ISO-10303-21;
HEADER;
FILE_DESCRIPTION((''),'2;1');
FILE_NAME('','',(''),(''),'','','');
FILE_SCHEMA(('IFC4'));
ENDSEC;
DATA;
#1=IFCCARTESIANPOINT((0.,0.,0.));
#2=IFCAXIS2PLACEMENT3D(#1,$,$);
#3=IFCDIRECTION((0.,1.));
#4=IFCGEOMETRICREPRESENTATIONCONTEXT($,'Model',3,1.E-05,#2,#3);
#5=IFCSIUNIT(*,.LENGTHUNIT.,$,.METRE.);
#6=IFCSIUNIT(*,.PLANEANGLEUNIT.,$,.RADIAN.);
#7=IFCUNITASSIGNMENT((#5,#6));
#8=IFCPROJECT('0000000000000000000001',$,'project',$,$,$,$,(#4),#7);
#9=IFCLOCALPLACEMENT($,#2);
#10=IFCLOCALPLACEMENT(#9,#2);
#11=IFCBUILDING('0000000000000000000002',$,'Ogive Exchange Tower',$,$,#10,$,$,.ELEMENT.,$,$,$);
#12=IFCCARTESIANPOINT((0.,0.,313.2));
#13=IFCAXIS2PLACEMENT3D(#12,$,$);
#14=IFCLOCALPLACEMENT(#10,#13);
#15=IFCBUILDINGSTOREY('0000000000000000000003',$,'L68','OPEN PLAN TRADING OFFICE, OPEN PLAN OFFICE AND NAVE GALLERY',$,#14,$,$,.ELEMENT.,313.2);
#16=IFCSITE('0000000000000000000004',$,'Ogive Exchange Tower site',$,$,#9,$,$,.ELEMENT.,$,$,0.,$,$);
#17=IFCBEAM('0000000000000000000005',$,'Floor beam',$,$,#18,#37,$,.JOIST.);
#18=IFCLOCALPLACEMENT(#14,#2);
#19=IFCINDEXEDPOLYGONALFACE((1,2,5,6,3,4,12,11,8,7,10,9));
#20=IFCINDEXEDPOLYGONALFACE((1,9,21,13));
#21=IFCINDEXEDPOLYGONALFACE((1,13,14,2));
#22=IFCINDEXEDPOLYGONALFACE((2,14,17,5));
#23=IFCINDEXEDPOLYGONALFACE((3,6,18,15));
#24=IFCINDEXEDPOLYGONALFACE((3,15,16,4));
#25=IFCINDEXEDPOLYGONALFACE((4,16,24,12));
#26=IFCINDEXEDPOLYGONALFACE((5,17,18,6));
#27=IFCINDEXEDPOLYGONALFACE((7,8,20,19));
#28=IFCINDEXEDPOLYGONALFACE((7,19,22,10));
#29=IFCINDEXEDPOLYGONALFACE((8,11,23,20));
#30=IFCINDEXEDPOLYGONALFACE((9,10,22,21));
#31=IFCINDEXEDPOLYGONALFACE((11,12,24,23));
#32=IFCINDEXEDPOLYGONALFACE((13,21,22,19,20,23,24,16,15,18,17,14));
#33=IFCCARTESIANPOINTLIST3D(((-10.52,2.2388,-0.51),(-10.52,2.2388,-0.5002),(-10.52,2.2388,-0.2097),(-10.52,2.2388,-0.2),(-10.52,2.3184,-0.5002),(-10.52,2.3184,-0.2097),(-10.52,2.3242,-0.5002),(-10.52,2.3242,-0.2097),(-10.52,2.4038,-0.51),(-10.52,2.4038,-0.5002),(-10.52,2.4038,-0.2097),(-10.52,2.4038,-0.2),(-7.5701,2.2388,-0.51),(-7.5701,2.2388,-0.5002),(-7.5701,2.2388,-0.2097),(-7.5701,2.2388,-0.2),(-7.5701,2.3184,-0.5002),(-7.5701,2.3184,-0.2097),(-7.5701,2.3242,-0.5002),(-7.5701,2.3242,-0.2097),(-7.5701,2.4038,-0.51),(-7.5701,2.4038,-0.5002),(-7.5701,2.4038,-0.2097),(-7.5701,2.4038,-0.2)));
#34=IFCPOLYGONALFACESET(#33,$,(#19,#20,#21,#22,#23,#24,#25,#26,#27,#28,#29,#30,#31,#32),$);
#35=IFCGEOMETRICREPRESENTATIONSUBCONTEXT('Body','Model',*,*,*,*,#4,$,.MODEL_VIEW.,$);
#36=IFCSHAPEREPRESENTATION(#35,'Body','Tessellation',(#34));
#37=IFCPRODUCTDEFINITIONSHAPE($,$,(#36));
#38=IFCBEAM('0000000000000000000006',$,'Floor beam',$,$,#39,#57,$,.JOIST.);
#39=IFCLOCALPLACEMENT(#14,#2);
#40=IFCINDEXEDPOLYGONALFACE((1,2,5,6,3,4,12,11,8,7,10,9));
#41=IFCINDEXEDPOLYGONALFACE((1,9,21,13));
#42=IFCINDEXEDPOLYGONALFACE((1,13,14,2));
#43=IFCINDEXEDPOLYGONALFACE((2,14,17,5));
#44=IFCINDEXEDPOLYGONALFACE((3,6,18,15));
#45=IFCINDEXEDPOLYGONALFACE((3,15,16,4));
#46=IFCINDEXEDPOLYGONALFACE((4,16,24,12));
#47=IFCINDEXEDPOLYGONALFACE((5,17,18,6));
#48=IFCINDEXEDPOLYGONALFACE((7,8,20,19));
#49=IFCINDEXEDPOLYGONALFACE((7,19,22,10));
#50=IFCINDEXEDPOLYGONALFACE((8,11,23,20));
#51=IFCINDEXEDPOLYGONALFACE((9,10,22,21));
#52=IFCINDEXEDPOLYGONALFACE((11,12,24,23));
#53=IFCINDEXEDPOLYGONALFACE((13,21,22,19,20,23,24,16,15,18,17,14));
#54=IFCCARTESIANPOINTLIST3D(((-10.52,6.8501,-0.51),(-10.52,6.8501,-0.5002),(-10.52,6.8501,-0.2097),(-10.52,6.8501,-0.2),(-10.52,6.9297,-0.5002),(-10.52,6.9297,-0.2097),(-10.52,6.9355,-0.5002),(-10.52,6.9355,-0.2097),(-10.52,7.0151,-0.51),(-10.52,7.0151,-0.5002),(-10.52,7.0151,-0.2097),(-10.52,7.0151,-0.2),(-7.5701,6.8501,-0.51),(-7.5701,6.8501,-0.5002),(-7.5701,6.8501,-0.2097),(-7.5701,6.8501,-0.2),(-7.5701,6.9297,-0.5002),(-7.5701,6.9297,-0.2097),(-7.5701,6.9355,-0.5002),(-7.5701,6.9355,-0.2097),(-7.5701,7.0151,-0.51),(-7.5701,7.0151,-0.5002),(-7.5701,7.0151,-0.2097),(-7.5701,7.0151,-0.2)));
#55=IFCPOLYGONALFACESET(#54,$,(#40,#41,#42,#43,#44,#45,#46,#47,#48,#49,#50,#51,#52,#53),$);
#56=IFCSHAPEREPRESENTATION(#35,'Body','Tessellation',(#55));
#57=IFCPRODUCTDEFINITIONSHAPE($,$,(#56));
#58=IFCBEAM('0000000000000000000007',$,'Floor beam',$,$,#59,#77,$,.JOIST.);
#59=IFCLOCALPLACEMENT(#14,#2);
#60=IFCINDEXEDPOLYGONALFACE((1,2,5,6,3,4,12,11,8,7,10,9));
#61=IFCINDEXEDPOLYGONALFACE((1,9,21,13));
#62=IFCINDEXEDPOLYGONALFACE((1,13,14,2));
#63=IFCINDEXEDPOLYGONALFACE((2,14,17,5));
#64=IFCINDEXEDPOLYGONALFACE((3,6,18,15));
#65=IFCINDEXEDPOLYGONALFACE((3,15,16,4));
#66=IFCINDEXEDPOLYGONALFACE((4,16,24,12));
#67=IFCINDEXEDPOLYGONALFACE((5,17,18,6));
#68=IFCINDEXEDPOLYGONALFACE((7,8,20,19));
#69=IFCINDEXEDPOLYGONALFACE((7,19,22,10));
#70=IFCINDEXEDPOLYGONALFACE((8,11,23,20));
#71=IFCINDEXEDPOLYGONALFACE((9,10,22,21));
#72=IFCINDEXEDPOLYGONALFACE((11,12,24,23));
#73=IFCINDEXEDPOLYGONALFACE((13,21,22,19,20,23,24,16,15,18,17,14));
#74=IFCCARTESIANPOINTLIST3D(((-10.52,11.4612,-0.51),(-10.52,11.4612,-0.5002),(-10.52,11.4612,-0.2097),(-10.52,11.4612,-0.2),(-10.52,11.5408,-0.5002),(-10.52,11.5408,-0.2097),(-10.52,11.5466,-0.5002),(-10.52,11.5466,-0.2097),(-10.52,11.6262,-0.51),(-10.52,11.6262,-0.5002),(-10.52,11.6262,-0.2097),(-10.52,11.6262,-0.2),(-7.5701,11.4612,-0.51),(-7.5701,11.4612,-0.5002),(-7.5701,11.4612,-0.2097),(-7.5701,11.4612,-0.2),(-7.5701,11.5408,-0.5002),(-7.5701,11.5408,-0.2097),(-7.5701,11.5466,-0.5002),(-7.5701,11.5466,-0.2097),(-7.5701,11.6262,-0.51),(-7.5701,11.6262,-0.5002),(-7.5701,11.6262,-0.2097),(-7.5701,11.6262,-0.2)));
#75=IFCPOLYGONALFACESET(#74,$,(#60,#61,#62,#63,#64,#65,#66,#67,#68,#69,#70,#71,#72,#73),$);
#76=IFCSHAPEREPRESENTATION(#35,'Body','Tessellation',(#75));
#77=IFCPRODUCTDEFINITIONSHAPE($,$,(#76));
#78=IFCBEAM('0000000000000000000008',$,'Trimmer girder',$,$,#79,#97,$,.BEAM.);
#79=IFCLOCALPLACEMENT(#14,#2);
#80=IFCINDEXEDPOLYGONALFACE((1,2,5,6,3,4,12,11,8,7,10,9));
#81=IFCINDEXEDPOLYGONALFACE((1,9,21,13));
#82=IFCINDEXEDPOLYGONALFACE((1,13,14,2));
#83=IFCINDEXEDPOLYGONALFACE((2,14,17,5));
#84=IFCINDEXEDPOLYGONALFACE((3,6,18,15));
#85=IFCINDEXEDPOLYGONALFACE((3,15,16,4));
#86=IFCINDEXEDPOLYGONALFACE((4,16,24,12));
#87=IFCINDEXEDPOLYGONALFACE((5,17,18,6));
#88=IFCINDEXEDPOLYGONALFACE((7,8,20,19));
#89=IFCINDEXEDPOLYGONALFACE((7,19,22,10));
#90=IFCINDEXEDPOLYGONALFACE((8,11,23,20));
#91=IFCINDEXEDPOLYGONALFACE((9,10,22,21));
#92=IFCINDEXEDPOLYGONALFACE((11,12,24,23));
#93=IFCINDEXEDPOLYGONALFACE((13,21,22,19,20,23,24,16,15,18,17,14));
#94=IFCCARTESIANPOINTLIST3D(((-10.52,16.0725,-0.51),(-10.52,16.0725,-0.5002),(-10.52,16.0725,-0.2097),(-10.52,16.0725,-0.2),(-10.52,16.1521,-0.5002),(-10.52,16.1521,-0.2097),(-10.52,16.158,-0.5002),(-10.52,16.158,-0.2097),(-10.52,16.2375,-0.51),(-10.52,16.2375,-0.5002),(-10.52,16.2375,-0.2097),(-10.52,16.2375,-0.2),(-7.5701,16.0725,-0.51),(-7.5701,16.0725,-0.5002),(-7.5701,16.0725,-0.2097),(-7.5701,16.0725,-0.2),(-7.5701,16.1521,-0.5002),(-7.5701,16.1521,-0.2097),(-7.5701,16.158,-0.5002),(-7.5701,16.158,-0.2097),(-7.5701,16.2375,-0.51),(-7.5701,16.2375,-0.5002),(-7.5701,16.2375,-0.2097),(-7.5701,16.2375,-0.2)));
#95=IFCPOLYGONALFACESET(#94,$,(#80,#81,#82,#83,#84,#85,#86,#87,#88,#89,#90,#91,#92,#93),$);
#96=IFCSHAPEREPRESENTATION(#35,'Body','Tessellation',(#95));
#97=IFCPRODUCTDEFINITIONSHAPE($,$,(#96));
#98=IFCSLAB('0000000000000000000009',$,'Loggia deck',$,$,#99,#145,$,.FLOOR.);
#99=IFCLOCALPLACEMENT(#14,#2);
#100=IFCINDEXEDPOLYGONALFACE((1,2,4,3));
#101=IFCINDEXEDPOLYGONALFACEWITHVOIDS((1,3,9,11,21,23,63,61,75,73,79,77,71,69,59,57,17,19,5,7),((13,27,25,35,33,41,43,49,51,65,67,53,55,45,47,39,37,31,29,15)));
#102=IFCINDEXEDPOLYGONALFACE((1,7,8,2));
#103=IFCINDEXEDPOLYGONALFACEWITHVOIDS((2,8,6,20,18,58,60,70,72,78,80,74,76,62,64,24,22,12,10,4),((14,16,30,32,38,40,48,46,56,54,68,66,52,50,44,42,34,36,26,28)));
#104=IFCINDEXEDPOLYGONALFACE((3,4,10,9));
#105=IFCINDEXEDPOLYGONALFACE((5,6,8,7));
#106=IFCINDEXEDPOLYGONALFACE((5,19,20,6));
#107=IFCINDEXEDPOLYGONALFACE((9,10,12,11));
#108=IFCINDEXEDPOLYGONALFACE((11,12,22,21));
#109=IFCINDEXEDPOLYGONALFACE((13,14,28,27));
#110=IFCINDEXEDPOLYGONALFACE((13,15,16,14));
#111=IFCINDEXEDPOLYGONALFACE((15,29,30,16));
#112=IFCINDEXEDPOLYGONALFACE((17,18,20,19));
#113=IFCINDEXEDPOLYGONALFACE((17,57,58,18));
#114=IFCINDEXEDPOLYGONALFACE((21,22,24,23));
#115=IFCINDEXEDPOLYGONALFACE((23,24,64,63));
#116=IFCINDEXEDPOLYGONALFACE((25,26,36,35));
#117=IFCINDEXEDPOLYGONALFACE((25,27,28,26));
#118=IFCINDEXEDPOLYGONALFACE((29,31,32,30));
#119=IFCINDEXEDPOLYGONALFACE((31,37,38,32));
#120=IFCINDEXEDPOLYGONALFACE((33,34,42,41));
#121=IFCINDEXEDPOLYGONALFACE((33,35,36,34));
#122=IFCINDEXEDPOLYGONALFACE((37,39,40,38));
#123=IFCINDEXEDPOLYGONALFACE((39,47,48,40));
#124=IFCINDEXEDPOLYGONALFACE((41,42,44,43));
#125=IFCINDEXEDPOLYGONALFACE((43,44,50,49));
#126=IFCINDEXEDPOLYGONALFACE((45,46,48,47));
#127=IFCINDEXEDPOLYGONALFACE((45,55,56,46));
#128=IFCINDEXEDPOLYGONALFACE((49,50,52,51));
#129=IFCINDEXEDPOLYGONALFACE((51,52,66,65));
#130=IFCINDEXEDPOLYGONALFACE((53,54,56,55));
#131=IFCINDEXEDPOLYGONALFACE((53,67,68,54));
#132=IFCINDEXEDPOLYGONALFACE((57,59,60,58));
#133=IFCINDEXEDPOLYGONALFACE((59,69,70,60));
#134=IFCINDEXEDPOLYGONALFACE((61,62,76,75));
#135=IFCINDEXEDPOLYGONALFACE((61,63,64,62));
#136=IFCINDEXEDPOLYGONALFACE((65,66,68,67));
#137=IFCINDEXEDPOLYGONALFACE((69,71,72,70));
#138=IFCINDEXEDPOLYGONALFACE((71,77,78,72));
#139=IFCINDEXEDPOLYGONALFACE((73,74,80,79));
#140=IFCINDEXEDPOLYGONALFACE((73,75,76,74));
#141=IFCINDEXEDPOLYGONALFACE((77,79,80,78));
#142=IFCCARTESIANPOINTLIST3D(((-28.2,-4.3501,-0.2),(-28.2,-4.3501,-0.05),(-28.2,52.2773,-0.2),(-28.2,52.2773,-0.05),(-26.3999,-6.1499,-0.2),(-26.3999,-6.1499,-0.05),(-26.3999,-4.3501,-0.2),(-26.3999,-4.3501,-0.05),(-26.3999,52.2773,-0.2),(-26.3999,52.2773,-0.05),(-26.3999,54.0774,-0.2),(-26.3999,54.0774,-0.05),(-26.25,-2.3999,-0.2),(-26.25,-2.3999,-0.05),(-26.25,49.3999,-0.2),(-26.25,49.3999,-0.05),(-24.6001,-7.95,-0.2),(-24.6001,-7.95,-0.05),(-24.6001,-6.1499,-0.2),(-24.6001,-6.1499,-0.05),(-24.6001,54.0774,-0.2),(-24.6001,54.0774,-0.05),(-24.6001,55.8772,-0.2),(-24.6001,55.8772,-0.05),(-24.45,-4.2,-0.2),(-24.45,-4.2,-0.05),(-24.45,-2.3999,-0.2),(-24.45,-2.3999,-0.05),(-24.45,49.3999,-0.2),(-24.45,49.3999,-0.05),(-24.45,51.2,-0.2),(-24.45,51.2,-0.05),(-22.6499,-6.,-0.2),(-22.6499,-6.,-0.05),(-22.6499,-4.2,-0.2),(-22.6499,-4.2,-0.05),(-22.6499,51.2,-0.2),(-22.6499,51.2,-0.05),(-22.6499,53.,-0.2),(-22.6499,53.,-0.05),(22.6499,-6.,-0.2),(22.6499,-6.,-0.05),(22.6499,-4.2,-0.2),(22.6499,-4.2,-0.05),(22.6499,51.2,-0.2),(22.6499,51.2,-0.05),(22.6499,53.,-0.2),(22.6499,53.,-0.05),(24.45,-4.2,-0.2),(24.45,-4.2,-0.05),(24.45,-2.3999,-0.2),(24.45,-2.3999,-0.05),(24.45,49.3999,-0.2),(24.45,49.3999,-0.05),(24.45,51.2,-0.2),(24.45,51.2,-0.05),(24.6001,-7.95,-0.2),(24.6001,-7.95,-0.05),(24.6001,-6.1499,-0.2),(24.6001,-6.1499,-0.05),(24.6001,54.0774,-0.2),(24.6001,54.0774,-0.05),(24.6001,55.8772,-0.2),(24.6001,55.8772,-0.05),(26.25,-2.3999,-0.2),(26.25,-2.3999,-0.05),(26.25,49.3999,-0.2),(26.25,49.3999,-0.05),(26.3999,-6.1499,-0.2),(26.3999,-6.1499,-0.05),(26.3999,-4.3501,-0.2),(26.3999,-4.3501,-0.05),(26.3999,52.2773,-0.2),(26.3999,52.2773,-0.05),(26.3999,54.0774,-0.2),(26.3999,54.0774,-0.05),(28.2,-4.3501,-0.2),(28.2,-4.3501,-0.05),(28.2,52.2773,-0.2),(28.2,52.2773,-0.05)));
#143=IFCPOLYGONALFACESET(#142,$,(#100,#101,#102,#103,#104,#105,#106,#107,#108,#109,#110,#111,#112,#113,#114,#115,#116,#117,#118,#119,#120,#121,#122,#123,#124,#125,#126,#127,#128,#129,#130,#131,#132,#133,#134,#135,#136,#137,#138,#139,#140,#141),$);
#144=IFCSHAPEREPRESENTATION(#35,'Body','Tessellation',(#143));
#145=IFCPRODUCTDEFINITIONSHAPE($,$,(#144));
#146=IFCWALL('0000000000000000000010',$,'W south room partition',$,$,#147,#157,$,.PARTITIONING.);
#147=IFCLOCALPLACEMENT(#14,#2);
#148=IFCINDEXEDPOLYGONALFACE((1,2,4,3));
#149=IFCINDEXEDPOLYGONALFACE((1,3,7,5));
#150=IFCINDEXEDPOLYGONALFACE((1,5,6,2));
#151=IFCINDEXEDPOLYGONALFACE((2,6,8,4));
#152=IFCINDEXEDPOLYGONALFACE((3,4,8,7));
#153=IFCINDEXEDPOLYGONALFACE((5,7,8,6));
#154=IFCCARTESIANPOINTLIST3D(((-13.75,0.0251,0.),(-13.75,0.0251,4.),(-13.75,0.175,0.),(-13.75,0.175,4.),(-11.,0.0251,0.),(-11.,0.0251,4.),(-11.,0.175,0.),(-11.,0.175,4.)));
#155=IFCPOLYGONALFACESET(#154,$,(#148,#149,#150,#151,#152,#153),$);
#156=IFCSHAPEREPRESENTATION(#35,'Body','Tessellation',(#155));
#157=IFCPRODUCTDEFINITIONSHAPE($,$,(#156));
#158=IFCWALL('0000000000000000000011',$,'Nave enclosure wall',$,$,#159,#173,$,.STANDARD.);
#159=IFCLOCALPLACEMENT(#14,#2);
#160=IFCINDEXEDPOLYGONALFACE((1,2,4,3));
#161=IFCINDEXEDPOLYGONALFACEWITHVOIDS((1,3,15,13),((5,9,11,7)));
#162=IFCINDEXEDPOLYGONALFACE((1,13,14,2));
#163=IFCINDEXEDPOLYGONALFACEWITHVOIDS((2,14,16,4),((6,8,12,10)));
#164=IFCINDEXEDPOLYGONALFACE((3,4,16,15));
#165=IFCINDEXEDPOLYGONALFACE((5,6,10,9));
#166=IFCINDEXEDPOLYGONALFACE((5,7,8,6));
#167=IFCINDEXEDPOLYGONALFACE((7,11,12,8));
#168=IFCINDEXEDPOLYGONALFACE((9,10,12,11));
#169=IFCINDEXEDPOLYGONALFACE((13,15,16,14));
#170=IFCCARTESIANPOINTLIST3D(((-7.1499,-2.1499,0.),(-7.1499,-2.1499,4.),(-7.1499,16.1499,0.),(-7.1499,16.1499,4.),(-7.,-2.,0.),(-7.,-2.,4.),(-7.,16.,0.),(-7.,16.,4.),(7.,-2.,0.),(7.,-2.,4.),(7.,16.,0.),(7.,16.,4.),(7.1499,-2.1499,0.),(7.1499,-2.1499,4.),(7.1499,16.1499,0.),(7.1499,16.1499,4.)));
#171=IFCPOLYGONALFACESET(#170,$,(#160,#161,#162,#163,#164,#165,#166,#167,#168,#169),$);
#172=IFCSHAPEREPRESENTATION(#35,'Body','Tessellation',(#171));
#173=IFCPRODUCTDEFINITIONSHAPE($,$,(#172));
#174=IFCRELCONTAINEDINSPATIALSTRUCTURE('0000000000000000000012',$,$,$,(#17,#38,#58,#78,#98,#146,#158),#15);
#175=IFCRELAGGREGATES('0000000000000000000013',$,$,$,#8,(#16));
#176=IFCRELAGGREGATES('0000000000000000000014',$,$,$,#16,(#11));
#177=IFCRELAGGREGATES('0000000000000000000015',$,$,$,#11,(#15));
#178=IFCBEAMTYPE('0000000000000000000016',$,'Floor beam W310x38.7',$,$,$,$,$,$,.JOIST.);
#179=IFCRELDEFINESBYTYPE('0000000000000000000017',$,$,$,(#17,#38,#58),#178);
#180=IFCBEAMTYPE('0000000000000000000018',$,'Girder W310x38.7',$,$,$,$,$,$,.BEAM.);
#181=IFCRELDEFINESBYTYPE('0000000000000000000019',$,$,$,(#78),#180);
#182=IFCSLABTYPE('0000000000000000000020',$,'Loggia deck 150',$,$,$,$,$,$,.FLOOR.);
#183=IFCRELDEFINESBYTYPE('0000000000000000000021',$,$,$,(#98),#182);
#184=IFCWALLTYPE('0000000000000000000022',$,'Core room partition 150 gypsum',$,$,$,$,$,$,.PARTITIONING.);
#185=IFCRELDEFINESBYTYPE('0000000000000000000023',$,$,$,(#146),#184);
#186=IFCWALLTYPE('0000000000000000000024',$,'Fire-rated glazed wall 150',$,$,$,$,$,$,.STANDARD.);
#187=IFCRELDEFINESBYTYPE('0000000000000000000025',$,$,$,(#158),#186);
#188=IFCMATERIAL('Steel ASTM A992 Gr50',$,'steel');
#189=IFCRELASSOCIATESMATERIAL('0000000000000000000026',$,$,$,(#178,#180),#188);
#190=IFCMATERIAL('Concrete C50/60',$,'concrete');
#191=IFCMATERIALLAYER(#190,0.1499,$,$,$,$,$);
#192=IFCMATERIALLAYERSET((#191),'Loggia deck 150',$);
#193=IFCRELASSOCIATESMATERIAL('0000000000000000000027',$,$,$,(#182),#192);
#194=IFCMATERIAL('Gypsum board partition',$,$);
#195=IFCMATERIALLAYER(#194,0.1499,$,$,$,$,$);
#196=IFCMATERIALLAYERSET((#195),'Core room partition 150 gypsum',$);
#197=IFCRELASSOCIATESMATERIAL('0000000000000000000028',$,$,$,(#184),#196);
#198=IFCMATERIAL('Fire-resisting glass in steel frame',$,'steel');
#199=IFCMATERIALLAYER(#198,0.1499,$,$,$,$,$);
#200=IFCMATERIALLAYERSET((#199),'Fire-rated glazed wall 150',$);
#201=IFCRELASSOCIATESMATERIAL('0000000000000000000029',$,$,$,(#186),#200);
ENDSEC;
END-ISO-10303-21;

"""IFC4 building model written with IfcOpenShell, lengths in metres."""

from ifc_helpers import new_model, si_unit, direction, frame, frame_2d, origin, origin_2d, place, context, subcontext, project, spatial, polyline, rectangle, i_section, outline, extrude, material, layer, layer_set, material_profile, profile_set, type_object, element, save


model = new_model("IFC4")

# Units and contexts
model_context = context("Model", 3, precision=1e-05, world=origin(), true_north=direction((0.0, 1.0)))
body_context = subcontext(model_context, "Body", "Model", "MODEL_VIEW")
ifc_project = project(units=[si_unit("LENGTHUNIT", "METRE"), si_unit("PLANEANGLEUNIT", "RADIAN")], contexts=[model_context])

# Site, building, storey
site_placement = place(None, origin())
site = spatial("IfcSite", under=ifc_project, at=site_placement, Name="Ogive Exchange Tower site", CompositionType="ELEMENT", RefElevation=0.0)
building_placement = place(site_placement, origin())
building = spatial("IfcBuilding", under=site, at=building_placement, Name="Ogive Exchange Tower", CompositionType="ELEMENT")
storey_placement = place(building_placement, frame((0.0, 0.0, 313.2)))
storey = spatial("IfcBuildingStorey", under=building, at=storey_placement, Name="L68", Description="OPEN PLAN TRADING OFFICE, OPEN PLAN OFFICE AND NAVE GALLERY", CompositionType="ELEMENT", Elevation=313.2)

# Beams
ifc_material_1 = material(Name="Steel ASTM A992 Gr50", Category="steel")
ifc_material_profile_1 = material_profile(ifc_material_1, i_section(OverallWidth=0.165, OverallDepth=0.3101, WebThickness=0.0059, FlangeThickness=0.0098, at=origin_2d()), Name="W310x38.7")
ifc_profile_set_1 = profile_set([ifc_material_profile_1], Name="Steel ASTM A992 Gr50")
beam_type_1 = type_object("IfcBeamType", Name="Floor beam W310x38.7", PredefinedType="JOIST", material=ifc_profile_set_1)
for number, where, z_axis, x_axis, name in (
    (1, (-10.52, 2.3213, -0.355), (1.0, 0.0, 0.0), (0.0, 1.0, 0.0), "Floor beam"),
    (2, (-10.52, 6.9326, -0.355), (1.0, 0.0, 0.0), (0.0, 1.0, 0.0), "Floor beam"),
    (3, (-10.52, 11.5437, -0.355), (1.0, 0.0, 0.0), (0.0, 1.0, 0.0), "Floor beam"),
):
    element("IfcBeam", number, at=place(storey_placement, frame(where, z_axis=z_axis, x_axis=x_axis)), inside=storey, type_object=beam_type_1, Name=name, PredefinedType="JOIST", context=body_context, shape_type="SweptSolid", body=[
        extrude(i_section(OverallWidth=0.165, OverallDepth=0.3101, WebThickness=0.0059, FlangeThickness=0.0098, at=origin_2d()), origin(), (0.0, 0.0, 1.0), 2.95),
    ])
ifc_material_profile_2 = material_profile(ifc_material_1, i_section(OverallWidth=0.165, OverallDepth=0.3101, WebThickness=0.0059, FlangeThickness=0.0098, at=origin_2d()), Name="W310x38.7")
ifc_profile_set_2 = profile_set([ifc_material_profile_2], Name="Steel ASTM A992 Gr50")
beam_type_2 = type_object("IfcBeamType", Name="Girder W310x38.7", PredefinedType="BEAM", material=ifc_profile_set_2)
beam_placement = place(storey_placement, frame((-10.52, 16.155, -0.355), z_axis=(1.0, 0.0, 0.0), x_axis=(0.0, 1.0, 0.0)))
element("IfcBeam", 4, at=beam_placement, inside=storey, type_object=beam_type_2, Name="Trimmer girder", PredefinedType="BEAM", context=body_context, shape_type="SweptSolid", body=[
    extrude(i_section(OverallWidth=0.165, OverallDepth=0.3101, WebThickness=0.0059, FlangeThickness=0.0098, at=origin_2d()), origin(), (0.0, 0.0, 1.0), 2.95),
])

# Slab
ifc_material_2 = material(Name="Concrete C50/60", Category="concrete")
ifc_layer_1 = layer(ifc_material_2, 0.1499)
ifc_layer_set_1 = layer_set([ifc_layer_1], Name="Loggia deck 150")
slab_type = type_object("IfcSlabType", Name="Loggia deck 150", PredefinedType="FLOOR", material=ifc_layer_set_1)
slab_placement = place(storey_placement, frame((0.0, 0.0, -0.2)))
element("IfcSlab", 5, at=slab_placement, inside=storey, type_object=slab_type, Name="Loggia deck", PredefinedType="FLOOR", context=body_context, shape_type="SweptSolid", body=[
    extrude(outline(polyline([(-24.6001, -6.1499), (-26.3999, -6.1499), (-26.3999, -4.3501), (-28.2, -4.3501), (-28.2, 52.2773), (-26.3999, 52.2773), (-26.3999, 54.0774), (-24.6001, 54.0774), (-24.6001, 55.8772), (24.6001, 55.8772), (24.6001, 54.0774), (26.3999, 54.0774), (26.3999, 52.2773), (28.2, 52.2773), (28.2, -4.3501), (26.3999, -4.3501), (26.3999, -6.1499), (24.6001, -6.1499), (24.6001, -7.95), (-24.6001, -7.95), (-24.6001, -6.1499)]), holes=[polyline([(22.6499, -4.2), (24.45, -4.2), (24.45, -2.3999), (26.25, -2.3999), (26.25, 49.3999), (24.45, 49.3999), (24.45, 51.2), (22.6499, 51.2), (22.6499, 53.0), (-22.6499, 53.0), (-22.6499, 51.2), (-24.45, 51.2), (-24.45, 49.3999), (-26.25, 49.3999), (-26.25, -2.3999), (-24.45, -2.3999), (-24.45, -4.2), (-22.6499, -4.2), (-22.6499, -6.0), (22.6499, -6.0), (22.6499, -4.2)])]), origin(), (0.0, 0.0, 1.0), 0.1499),
])

# Walls
ifc_material_3 = material(Name="Gypsum board partition")
ifc_layer_2 = layer(ifc_material_3, 0.1499)
ifc_layer_set_2 = layer_set([ifc_layer_2], Name="Core room partition 150 gypsum")
wall_type_1 = type_object("IfcWallType", Name="Core room partition 150 gypsum", PredefinedType="PARTITIONING", material=ifc_layer_set_2)
wall_1_placement = place(storey_placement, frame((-13.75, 0.1001, 0.0), z_axis=(0.0, 0.0, 1.0), x_axis=(1.0, 0.0, 0.0)))
element("IfcWall", 6, at=wall_1_placement, inside=storey, type_object=wall_type_1, Name="W south room partition", PredefinedType="PARTITIONING", context=body_context, shape_type="SweptSolid", body=[
    extrude(rectangle(XDim=2.75, YDim=0.1499, at=frame_2d((1.375, 0.0))), origin(), (0.0, 0.0, 1.0), 4.0),
])
ifc_material_4 = material(Name="Fire-resisting glass in steel frame", Category="steel")
ifc_layer_3 = layer(ifc_material_4, 0.1499)
ifc_layer_set_3 = layer_set([ifc_layer_3], Name="Fire-rated glazed wall 150")
wall_type_2 = type_object("IfcWallType", Name="Fire-rated glazed wall 150", PredefinedType="STANDARD", material=ifc_layer_set_3)
wall_2_placement = place(storey_placement, origin())
element("IfcWall", 7, at=wall_2_placement, inside=storey, type_object=wall_type_2, Name="Nave enclosure wall", PredefinedType="STANDARD", context=body_context, shape_type="SweptSolid", body=[
    extrude(outline(polyline([(-7.1499, -2.1499), (7.1499, -2.1499), (7.1499, 16.1499), (-7.1499, 16.1499), (-7.1499, -2.1499)]), holes=[polyline([(-7.0, -2.0), (-7.0, 16.0), (7.0, 16.0), (7.0, -2.0), (-7.0, -2.0)])]), origin(), (0.0, 0.0, 1.0), 4.0),
])

save(model, "model.ifc")
